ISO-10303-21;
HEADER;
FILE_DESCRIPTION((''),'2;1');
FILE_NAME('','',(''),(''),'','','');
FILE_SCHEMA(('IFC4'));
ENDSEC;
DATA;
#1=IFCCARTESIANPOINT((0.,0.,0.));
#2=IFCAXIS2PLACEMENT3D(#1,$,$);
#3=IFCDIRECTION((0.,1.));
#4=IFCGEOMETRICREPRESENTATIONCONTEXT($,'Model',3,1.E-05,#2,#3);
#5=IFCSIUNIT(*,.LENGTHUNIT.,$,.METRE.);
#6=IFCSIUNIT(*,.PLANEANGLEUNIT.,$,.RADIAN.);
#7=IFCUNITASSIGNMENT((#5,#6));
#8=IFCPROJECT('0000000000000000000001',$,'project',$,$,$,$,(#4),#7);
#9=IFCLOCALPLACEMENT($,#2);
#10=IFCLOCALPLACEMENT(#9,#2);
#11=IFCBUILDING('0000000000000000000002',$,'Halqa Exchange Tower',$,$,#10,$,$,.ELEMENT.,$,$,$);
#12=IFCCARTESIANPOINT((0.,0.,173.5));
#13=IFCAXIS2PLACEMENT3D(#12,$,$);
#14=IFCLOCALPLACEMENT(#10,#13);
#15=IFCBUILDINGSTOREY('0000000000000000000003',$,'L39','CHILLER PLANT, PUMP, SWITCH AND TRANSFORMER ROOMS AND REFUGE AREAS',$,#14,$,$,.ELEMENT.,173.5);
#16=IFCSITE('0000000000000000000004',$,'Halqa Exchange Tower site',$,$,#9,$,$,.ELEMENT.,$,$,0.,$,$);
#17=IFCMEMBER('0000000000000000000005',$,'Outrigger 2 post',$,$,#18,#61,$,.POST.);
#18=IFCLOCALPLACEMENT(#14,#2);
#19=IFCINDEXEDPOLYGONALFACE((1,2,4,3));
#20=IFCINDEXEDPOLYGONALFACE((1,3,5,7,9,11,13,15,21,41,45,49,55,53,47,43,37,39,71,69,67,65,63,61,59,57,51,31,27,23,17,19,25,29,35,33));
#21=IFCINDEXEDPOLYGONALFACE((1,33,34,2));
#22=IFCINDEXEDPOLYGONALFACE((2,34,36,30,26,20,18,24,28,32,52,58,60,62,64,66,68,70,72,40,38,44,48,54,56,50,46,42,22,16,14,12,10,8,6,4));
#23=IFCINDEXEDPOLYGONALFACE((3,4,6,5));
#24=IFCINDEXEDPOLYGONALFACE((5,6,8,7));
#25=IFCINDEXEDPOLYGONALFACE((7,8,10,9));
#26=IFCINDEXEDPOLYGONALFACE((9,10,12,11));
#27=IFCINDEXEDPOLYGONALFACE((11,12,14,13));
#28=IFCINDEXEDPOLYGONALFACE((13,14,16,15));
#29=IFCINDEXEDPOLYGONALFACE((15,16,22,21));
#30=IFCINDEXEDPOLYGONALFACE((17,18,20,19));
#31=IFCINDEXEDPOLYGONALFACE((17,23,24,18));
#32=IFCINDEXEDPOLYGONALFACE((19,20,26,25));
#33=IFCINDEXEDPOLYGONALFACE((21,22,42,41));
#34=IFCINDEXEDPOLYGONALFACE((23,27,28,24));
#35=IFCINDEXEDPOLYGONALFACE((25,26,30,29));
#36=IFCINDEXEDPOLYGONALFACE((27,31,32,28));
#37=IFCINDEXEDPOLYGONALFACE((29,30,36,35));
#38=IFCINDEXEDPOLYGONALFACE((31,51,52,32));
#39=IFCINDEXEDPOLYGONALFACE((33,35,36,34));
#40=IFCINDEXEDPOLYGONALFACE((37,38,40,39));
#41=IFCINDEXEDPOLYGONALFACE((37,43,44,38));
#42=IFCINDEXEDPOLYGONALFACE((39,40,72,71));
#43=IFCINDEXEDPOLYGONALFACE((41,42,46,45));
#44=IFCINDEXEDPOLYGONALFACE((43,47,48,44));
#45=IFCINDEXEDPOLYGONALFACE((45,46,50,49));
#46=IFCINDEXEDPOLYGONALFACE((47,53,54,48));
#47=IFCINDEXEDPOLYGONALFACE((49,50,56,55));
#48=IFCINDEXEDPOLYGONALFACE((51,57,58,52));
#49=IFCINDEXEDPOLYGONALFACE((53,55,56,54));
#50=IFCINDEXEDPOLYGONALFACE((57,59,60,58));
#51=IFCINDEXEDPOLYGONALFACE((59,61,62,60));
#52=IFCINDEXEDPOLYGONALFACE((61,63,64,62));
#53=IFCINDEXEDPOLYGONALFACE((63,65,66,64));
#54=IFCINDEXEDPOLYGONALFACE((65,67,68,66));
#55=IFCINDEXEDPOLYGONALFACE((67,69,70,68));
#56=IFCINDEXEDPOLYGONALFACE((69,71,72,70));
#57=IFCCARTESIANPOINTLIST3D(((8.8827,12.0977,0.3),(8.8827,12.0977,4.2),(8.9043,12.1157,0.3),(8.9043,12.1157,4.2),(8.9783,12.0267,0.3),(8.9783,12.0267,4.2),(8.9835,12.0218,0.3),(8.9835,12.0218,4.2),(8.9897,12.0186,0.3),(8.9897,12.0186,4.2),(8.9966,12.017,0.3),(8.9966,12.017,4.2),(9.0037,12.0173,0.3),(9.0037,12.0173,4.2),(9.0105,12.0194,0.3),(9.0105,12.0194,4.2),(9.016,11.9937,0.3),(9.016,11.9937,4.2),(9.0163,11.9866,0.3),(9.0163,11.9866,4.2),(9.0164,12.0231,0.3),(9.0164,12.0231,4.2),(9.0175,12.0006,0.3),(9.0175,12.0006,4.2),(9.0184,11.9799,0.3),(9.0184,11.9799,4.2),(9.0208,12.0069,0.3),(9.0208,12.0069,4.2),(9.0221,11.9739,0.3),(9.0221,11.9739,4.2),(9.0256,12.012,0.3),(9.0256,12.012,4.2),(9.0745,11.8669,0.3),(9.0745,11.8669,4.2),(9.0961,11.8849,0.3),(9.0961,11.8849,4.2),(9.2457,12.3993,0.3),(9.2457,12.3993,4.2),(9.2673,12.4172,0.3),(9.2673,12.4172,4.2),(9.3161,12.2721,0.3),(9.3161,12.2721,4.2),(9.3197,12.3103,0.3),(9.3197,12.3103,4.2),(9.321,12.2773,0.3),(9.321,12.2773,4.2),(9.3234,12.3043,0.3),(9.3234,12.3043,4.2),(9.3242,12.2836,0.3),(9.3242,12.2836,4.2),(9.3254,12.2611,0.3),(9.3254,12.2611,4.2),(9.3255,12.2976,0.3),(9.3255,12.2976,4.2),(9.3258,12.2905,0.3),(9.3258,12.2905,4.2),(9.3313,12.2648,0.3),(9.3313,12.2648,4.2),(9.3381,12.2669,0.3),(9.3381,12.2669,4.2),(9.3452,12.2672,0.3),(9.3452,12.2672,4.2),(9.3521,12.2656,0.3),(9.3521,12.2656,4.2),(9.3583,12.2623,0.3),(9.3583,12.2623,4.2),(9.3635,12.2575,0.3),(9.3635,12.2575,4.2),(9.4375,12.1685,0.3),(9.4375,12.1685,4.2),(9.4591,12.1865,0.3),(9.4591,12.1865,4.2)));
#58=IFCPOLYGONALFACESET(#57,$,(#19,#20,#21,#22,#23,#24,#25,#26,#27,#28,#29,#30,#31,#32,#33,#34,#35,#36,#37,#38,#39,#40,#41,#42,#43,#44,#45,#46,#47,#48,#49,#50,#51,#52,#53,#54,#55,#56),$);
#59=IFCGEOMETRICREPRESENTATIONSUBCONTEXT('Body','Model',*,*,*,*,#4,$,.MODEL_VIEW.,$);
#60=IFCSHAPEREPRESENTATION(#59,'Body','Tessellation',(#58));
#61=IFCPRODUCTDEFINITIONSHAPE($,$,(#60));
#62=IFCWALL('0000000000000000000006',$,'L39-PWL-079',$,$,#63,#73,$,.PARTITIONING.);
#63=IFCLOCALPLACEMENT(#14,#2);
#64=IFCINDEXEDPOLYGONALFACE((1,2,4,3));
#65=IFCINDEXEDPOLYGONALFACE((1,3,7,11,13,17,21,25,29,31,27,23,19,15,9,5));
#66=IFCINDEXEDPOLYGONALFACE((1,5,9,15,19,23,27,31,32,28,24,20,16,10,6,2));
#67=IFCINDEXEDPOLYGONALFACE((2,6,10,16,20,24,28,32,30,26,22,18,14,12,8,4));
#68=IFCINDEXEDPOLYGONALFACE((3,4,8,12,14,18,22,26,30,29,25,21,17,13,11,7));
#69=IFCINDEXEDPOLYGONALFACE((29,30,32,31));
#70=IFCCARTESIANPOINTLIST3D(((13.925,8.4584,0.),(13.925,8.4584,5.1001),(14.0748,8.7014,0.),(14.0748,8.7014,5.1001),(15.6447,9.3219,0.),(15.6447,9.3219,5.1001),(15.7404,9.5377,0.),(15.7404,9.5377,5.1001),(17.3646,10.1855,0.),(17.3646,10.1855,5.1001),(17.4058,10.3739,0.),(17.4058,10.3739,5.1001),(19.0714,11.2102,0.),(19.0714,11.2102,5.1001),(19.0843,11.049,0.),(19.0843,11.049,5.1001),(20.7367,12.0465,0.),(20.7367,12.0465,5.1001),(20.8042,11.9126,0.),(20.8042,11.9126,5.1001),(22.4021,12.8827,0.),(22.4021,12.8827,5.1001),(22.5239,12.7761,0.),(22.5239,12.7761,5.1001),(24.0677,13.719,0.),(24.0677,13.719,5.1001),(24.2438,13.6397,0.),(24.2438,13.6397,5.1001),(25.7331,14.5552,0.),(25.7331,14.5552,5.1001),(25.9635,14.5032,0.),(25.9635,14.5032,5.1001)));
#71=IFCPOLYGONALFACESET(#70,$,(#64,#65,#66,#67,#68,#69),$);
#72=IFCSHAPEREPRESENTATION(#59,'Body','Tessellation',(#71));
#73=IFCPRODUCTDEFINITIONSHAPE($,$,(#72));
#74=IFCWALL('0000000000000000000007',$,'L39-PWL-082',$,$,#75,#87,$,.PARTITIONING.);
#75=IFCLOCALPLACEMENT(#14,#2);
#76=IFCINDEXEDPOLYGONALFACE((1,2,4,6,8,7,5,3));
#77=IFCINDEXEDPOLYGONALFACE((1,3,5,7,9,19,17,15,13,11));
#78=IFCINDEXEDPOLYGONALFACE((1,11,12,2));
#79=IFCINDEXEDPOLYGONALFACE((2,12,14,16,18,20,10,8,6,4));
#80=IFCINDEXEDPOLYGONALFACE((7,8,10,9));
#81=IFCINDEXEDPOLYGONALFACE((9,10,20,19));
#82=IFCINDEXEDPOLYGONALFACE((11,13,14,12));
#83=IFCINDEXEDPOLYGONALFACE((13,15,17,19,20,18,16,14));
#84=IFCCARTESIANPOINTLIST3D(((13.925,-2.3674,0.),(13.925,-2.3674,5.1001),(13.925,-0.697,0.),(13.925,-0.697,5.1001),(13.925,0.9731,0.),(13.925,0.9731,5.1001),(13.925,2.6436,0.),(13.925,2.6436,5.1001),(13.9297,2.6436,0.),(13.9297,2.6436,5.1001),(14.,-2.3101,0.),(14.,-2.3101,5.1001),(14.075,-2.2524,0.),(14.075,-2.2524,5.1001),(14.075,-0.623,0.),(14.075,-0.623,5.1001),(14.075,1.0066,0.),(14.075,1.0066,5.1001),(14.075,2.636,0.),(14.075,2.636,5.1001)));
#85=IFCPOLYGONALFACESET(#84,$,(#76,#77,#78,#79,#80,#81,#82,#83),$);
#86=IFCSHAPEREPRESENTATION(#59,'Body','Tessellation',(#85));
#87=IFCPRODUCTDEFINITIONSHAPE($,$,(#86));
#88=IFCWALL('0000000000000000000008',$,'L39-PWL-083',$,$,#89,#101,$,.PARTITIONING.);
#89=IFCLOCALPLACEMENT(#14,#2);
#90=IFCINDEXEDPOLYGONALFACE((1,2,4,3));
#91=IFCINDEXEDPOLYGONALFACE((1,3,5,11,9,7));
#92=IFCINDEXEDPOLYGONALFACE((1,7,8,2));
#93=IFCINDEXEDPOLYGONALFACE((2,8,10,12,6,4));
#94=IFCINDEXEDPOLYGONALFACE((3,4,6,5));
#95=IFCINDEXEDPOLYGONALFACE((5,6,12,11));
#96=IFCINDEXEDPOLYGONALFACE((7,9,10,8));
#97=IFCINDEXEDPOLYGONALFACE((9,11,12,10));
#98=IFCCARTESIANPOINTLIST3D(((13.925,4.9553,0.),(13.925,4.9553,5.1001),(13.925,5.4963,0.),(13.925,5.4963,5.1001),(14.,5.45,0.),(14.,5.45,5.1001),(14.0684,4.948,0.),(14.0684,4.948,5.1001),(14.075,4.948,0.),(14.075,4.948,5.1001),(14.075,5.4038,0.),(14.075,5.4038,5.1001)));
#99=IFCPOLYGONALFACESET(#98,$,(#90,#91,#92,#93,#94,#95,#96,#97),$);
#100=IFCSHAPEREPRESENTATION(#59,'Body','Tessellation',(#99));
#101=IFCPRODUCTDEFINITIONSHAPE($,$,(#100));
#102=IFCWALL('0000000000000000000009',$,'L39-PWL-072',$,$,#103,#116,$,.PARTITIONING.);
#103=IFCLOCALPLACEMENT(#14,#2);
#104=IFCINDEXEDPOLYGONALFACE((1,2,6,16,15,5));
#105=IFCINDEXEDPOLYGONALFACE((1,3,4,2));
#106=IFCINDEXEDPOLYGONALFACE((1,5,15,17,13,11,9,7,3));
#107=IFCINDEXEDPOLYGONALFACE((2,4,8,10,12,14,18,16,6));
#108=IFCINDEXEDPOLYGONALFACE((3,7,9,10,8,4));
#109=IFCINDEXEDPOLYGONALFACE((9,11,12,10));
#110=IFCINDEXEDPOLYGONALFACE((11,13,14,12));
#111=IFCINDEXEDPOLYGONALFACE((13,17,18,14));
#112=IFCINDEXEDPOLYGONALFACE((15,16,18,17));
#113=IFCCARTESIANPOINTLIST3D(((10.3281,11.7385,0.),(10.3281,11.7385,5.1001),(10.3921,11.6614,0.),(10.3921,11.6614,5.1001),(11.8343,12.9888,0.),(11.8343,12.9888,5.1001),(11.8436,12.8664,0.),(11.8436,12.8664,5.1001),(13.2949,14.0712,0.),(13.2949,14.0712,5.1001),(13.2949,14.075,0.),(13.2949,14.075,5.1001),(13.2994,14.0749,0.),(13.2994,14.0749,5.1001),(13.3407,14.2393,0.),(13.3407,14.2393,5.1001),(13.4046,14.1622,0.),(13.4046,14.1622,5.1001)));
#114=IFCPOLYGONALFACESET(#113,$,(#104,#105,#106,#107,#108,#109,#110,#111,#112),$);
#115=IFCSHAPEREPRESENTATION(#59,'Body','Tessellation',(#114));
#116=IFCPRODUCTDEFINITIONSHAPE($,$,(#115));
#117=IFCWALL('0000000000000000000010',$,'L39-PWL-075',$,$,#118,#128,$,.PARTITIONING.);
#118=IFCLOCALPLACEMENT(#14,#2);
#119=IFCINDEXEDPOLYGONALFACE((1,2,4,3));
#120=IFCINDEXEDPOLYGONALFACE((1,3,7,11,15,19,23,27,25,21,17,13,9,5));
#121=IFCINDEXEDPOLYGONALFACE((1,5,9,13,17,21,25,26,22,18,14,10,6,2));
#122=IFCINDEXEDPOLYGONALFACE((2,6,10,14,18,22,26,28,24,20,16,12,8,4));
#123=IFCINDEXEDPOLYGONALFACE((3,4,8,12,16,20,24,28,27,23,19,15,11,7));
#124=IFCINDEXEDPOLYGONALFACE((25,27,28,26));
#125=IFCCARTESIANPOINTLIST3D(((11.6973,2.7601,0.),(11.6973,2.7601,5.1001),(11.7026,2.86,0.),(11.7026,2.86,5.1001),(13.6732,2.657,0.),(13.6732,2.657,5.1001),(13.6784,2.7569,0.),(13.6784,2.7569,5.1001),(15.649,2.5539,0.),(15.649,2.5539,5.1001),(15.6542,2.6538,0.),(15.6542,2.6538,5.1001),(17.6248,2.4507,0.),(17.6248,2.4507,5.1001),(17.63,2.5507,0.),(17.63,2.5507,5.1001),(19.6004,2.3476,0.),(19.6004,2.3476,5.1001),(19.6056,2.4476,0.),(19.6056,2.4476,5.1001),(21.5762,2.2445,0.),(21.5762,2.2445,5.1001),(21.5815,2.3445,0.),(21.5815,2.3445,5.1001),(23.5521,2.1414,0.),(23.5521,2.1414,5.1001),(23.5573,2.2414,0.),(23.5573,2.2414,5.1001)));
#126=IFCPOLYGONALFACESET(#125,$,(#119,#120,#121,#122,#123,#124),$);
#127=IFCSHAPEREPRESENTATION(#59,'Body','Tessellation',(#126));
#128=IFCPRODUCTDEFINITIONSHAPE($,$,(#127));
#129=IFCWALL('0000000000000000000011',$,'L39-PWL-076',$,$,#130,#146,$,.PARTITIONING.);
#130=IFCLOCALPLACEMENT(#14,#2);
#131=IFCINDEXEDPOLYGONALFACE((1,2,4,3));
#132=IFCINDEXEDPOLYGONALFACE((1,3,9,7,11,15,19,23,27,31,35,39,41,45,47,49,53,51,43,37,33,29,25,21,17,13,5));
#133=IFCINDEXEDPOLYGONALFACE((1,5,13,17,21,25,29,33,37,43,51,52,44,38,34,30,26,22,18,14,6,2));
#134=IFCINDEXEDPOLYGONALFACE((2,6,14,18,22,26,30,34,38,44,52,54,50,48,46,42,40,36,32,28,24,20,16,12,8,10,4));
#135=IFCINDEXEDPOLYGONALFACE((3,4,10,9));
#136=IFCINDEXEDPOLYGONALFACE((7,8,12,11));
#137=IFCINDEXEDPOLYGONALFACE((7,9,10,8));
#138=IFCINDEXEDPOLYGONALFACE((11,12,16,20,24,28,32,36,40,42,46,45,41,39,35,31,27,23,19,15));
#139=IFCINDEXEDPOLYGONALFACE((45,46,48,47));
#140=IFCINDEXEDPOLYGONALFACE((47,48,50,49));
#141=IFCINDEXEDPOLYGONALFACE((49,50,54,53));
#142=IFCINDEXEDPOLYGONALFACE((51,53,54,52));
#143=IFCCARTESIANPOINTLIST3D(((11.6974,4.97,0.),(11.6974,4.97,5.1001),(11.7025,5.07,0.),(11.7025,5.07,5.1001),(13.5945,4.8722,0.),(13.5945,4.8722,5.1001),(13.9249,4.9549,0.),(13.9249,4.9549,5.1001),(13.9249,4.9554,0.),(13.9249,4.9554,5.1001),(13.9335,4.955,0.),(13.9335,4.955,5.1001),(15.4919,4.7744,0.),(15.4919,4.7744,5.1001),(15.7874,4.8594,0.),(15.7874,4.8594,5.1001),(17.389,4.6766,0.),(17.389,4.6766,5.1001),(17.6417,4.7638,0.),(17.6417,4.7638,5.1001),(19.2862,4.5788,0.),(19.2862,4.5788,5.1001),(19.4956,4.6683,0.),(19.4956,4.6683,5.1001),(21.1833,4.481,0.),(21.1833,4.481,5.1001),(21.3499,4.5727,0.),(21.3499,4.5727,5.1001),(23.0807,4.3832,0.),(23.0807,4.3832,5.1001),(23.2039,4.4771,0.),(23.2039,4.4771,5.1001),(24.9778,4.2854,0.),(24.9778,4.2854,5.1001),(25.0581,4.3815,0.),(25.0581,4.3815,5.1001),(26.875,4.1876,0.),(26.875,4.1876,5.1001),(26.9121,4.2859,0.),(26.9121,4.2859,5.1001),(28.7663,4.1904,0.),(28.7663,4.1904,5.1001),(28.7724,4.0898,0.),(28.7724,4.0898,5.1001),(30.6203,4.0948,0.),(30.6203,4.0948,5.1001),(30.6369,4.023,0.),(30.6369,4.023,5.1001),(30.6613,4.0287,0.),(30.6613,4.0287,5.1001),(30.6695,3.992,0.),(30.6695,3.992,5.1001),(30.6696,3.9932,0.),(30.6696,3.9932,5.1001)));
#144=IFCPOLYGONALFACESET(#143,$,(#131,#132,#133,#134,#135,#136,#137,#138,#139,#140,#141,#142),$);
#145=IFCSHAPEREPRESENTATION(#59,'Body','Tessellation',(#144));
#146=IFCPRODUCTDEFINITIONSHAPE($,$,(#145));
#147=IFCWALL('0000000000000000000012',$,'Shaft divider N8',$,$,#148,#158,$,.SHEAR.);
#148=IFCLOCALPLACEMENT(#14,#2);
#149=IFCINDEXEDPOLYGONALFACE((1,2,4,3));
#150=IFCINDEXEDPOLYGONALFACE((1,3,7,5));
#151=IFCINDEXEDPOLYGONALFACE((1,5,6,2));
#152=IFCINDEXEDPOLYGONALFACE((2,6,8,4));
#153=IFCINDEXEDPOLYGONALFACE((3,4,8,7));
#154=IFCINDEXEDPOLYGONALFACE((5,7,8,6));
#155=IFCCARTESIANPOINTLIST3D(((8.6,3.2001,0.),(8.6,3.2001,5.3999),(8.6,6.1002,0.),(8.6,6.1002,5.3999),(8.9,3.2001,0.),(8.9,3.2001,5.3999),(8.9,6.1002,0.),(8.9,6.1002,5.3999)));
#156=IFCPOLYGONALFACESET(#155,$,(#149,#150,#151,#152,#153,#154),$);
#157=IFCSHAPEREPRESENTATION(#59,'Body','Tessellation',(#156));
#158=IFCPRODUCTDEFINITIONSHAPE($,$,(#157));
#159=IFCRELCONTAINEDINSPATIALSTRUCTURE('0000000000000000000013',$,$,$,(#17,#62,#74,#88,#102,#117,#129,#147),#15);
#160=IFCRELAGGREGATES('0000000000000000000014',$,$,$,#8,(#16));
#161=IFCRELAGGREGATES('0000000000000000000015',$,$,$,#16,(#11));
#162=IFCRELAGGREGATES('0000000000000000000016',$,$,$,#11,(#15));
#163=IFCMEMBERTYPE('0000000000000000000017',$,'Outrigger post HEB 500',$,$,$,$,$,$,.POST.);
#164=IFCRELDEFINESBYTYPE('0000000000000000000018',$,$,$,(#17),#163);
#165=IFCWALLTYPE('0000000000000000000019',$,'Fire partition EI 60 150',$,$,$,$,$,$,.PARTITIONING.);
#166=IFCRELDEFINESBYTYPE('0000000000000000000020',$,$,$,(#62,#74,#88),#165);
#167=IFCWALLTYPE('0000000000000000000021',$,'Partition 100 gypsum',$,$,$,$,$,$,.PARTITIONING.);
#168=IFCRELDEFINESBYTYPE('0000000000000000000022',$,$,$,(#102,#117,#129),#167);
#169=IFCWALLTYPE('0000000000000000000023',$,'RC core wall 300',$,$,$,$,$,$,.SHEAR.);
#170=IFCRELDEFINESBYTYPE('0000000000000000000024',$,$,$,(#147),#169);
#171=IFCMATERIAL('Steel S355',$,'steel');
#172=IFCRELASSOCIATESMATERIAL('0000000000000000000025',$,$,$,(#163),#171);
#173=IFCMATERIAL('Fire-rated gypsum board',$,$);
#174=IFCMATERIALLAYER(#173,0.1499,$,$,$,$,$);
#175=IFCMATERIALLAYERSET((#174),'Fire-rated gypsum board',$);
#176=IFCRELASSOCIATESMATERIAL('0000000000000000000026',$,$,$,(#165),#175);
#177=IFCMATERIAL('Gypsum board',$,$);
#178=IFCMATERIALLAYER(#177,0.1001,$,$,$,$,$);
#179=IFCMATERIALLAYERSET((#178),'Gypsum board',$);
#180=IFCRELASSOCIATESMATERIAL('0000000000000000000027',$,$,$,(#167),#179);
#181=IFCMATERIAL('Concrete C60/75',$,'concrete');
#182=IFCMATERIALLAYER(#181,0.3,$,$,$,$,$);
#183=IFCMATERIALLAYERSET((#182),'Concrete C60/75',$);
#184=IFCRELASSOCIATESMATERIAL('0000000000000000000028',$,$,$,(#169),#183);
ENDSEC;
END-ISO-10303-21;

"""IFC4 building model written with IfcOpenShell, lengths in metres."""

from ifc_helpers import new_model, si_unit, direction, frame, frame_2d, origin, origin_2d, place, context, subcontext, project, spatial, polyline, rectangle, i_section, outline, extrude, material, layer, layer_set, material_profile, profile_set, type_object, element, save


model = new_model("IFC4")

# Units and contexts
model_context = context("Model", 3, precision=1e-05, world=origin(), true_north=direction((0.0, 1.0)))
body_context = subcontext(model_context, "Body", "Model", "MODEL_VIEW")
ifc_project = project(units=[si_unit("LENGTHUNIT", "METRE"), si_unit("PLANEANGLEUNIT", "RADIAN")], contexts=[model_context])

# Site, building, storey
site_placement = place(None, origin())
site = spatial("IfcSite", under=ifc_project, at=site_placement, Name="Halqa Exchange Tower site", CompositionType="ELEMENT", RefElevation=0.0)
building_placement = place(site_placement, origin())
building = spatial("IfcBuilding", under=site, at=building_placement, Name="Halqa Exchange Tower", CompositionType="ELEMENT")
storey_placement = place(building_placement, frame((0.0, 0.0, 173.5)))
storey = spatial("IfcBuildingStorey", under=building, at=storey_placement, Name="L39", Description="CHILLER PLANT, PUMP, SWITCH AND TRANSFORMER ROOMS AND REFUGE AREAS", CompositionType="ELEMENT", Elevation=173.5)

# Shared definitions
ifc_material_1 = material(Name="Steel S355", Category="steel")

# Member
ifc_material_profile_1 = material_profile(ifc_material_1, i_section(OverallWidth=0.3, OverallDepth=0.5, WebThickness=0.0144, FlangeThickness=0.0281, FilletRadius=0.0271, at=origin_2d()), Name="HEB 500")
ifc_profile_set_1 = profile_set([ifc_material_profile_1], Name="Steel S355")
member_type_1 = type_object("IfcMemberType", Name="Outrigger post HEB 500", PredefinedType="POST", material=ifc_profile_set_1)
member_1_placement = place(storey_placement, frame((9.1709, 12.1421, 0.3), z_axis=(0.0, 0.0, 1.0), x_axis=(-0.63905, 0.769165, 0.0)))
element("IfcMember", 1, at=member_1_placement, inside=storey, type_object=member_type_1, Name="Outrigger 2 post", PredefinedType="POST", context=body_context, shape_type="SweptSolid", body=[
    extrude(i_section(OverallWidth=0.3, OverallDepth=0.5, WebThickness=0.0144, FlangeThickness=0.0281, FilletRadius=0.0271, at=origin_2d()), origin(), (0.0, 0.0, 1.0), 3.8999),
])

# Walls
ifc_material_2 = material(Name="Fire-rated gypsum board")
ifc_layer_1 = layer(ifc_material_2, 0.1499)
ifc_layer_set_1 = layer_set([ifc_layer_1], Name="Fire-rated gypsum board")
wall_type_1 = type_object("IfcWallType", Name="Fire partition EI 60 150", PredefinedType="PARTITIONING", material=ifc_layer_set_1)
wall_1_placement = place(storey_placement, frame((13.8914, 8.5254, 0.0), z_axis=(0.0, 0.0, 1.0), x_axis=(0.893668, 0.448728, 0.0)))
element("IfcWall", 2, at=wall_1_placement, inside=storey, type_object=wall_type_1, Name="L39-PWL-079", PredefinedType="PARTITIONING", context=body_context, shape_type="SweptSolid", body=[
    extrude(outline(polyline([(0.0, -0.075), (1.9243, -0.075), (3.8489, -0.075), (5.7732, -0.075), (7.6978, -0.075), (9.6221, -0.075), (11.5466, -0.075), (13.4709, -0.075), (13.2883, 0.075), (11.4248, 0.075), (9.561, 0.075), (7.6975, 0.075), (5.834, 0.075), (3.9702, 0.075), (2.1067, 0.075), (0.2429, 0.075), (0.0, -0.075)])), origin(), (0.0, 0.0, 1.0), 5.1001),
])
wall_2_placement = place(storey_placement, frame((14.0, 2.6436, 0.0), z_axis=(0.0, 0.0, 1.0), x_axis=(0.0, -1.0, 0.0)))
element("IfcWall", 3, at=wall_2_placement, inside=storey, type_object=wall_type_1, Name="L39-PWL-082", PredefinedType="PARTITIONING", context=body_context, shape_type="SweptSolid", body=[
    extrude(outline(polyline([(5.011, -0.075), (5.011, -0.075), (4.9536, 0.0), (4.896, 0.075), (3.2666, 0.075), (1.637, 0.075), (0.0076, 0.075), (0.0, -0.0703), (0.0, -0.075), (1.6704, -0.075), (3.3406, -0.075), (5.011, -0.075)])), origin(), (0.0, 0.0, 1.0), 5.1001),
])
wall_3_placement = place(storey_placement, frame((14.0, 5.4963, 0.0), z_axis=(0.0, 0.0, 1.0), x_axis=(0.0, -1.0, 0.0)))
element("IfcWall", 4, at=wall_3_placement, inside=storey, type_object=wall_type_1, Name="L39-PWL-083", PredefinedType="PARTITIONING", context=body_context, shape_type="SweptSolid", body=[
    extrude(outline(polyline([(0.0, -0.075), (0.541, -0.075), (0.5483, 0.0684), (0.5483, 0.075), (0.0925, 0.075), (0.0464, 0.0), (0.0, -0.075)])), origin(), (0.0, 0.0, 1.0), 5.1001),
])
ifc_material_3 = material(Name="Gypsum board")
ifc_layer_2 = layer(ifc_material_3, 0.1001)
ifc_layer_set_2 = layer_set([ifc_layer_2], Name="Gypsum board")
wall_type_2 = type_object("IfcWallType", Name="Partition 100 gypsum", PredefinedType="PARTITIONING", material=ifc_layer_set_2)
wall_4_placement = place(storey_placement, frame((10.3601, 11.7, 0.0), z_axis=(0.0, 0.0, 1.0), x_axis=(0.769431, 0.63873, 0.0)))
element("IfcWall", 5, at=wall_4_placement, inside=storey, type_object=wall_type_2, Name="L39-PWL-072", PredefinedType="PARTITIONING", context=body_context, shape_type="SweptSolid", body=[
    extrude(outline(polyline([(0.0, -0.05), (1.8865, -0.05), (3.7727, -0.05), (3.7751, -0.0471), (3.7786, -0.05), (3.9153, -0.05), (3.9153, 0.05), (1.9575, 0.05), (0.0, 0.05), (0.0, -0.05)])), origin(), (0.0, 0.0, 1.0), 5.1001),
])
wall_5_placement = place(storey_placement, frame((11.7, 2.8101, 0.0), z_axis=(0.0, 0.0, 1.0), x_axis=(0.998641, -0.052115, 0.0)))
element("IfcWall", 6, at=wall_5_placement, inside=storey, type_object=wall_type_2, Name="L39-PWL-075", PredefinedType="PARTITIONING", context=body_context, shape_type="SweptSolid", body=[
    extrude(outline(polyline([(0.0, 0.05), (0.0, -0.05), (1.9785, -0.05), (3.957, -0.05), (5.9355, -0.05), (7.9138, -0.05), (9.8923, -0.05), (11.8708, -0.05), (11.8708, 0.05), (9.8923, 0.05), (7.9138, 0.05), (5.9355, 0.05), (3.957, 0.05), (1.9785, 0.05), (0.0, 0.05)])), origin(), (0.0, 0.0, 1.0), 5.1001),
])
wall_6_placement = place(storey_placement, frame((11.7, 5.02, 0.0), z_axis=(0.0, 0.0, 1.0), x_axis=(0.998674, -0.051482, 0.0)))
element("IfcWall", 7, at=wall_6_placement, inside=storey, type_object=wall_type_2, Name="L39-PWL-076", PredefinedType="PARTITIONING", context=body_context, shape_type="SweptSolid", body=[
    extrude(outline(polyline([(18.9973, -0.05), (18.9973, -0.0488), (18.9873, -0.0139), (18.9973, -0.011), (18.9973, -0.011), (18.9631, -0.0208), (18.9429, 0.05), (17.0864, 0.05), (15.2297, 0.05), (13.3733, 0.05), (11.5166, 0.05), (9.6602, 0.05), (7.8035, 0.05), (5.947, 0.05), (4.0903, 0.05), (2.2339, 0.05), (2.2253, 0.0496), (2.2253, 0.05), (0.0, 0.05), (0.0, -0.05), (1.8997, -0.05), (3.7996, -0.05), (5.6992, -0.05), (7.5989, -0.05), (9.4985, -0.05), (11.3984, -0.05), (13.2981, -0.05), (15.1978, -0.05), (17.0977, -0.05), (18.9973, -0.05)])), origin(), (0.0, 0.0, 1.0), 5.1001),
])
ifc_material_4 = material(Name="Concrete C60/75", Category="concrete")
ifc_layer_3 = layer(ifc_material_4, 0.3)
ifc_layer_set_3 = layer_set([ifc_layer_3], Name="Concrete C60/75")
wall_type_3 = type_object("IfcWallType", Name="RC core wall 300", PredefinedType="SHEAR", material=ifc_layer_set_3)
wall_7_placement = place(storey_placement, frame((8.75, 3.2, 0.0), z_axis=(0.0, 0.0, 1.0), x_axis=(0.0, 1.0, 0.0)))
element("IfcWall", 8, at=wall_7_placement, inside=storey, type_object=wall_type_3, Name="Shaft divider N8", PredefinedType="SHEAR", context=body_context, shape_type="SweptSolid", body=[
    extrude(rectangle(XDim=2.9001, YDim=0.3, at=frame_2d((1.4502, 0.0))), origin(), (0.0, 0.0, 1.0), 5.3999),
])

save(model, "model.ifc")
